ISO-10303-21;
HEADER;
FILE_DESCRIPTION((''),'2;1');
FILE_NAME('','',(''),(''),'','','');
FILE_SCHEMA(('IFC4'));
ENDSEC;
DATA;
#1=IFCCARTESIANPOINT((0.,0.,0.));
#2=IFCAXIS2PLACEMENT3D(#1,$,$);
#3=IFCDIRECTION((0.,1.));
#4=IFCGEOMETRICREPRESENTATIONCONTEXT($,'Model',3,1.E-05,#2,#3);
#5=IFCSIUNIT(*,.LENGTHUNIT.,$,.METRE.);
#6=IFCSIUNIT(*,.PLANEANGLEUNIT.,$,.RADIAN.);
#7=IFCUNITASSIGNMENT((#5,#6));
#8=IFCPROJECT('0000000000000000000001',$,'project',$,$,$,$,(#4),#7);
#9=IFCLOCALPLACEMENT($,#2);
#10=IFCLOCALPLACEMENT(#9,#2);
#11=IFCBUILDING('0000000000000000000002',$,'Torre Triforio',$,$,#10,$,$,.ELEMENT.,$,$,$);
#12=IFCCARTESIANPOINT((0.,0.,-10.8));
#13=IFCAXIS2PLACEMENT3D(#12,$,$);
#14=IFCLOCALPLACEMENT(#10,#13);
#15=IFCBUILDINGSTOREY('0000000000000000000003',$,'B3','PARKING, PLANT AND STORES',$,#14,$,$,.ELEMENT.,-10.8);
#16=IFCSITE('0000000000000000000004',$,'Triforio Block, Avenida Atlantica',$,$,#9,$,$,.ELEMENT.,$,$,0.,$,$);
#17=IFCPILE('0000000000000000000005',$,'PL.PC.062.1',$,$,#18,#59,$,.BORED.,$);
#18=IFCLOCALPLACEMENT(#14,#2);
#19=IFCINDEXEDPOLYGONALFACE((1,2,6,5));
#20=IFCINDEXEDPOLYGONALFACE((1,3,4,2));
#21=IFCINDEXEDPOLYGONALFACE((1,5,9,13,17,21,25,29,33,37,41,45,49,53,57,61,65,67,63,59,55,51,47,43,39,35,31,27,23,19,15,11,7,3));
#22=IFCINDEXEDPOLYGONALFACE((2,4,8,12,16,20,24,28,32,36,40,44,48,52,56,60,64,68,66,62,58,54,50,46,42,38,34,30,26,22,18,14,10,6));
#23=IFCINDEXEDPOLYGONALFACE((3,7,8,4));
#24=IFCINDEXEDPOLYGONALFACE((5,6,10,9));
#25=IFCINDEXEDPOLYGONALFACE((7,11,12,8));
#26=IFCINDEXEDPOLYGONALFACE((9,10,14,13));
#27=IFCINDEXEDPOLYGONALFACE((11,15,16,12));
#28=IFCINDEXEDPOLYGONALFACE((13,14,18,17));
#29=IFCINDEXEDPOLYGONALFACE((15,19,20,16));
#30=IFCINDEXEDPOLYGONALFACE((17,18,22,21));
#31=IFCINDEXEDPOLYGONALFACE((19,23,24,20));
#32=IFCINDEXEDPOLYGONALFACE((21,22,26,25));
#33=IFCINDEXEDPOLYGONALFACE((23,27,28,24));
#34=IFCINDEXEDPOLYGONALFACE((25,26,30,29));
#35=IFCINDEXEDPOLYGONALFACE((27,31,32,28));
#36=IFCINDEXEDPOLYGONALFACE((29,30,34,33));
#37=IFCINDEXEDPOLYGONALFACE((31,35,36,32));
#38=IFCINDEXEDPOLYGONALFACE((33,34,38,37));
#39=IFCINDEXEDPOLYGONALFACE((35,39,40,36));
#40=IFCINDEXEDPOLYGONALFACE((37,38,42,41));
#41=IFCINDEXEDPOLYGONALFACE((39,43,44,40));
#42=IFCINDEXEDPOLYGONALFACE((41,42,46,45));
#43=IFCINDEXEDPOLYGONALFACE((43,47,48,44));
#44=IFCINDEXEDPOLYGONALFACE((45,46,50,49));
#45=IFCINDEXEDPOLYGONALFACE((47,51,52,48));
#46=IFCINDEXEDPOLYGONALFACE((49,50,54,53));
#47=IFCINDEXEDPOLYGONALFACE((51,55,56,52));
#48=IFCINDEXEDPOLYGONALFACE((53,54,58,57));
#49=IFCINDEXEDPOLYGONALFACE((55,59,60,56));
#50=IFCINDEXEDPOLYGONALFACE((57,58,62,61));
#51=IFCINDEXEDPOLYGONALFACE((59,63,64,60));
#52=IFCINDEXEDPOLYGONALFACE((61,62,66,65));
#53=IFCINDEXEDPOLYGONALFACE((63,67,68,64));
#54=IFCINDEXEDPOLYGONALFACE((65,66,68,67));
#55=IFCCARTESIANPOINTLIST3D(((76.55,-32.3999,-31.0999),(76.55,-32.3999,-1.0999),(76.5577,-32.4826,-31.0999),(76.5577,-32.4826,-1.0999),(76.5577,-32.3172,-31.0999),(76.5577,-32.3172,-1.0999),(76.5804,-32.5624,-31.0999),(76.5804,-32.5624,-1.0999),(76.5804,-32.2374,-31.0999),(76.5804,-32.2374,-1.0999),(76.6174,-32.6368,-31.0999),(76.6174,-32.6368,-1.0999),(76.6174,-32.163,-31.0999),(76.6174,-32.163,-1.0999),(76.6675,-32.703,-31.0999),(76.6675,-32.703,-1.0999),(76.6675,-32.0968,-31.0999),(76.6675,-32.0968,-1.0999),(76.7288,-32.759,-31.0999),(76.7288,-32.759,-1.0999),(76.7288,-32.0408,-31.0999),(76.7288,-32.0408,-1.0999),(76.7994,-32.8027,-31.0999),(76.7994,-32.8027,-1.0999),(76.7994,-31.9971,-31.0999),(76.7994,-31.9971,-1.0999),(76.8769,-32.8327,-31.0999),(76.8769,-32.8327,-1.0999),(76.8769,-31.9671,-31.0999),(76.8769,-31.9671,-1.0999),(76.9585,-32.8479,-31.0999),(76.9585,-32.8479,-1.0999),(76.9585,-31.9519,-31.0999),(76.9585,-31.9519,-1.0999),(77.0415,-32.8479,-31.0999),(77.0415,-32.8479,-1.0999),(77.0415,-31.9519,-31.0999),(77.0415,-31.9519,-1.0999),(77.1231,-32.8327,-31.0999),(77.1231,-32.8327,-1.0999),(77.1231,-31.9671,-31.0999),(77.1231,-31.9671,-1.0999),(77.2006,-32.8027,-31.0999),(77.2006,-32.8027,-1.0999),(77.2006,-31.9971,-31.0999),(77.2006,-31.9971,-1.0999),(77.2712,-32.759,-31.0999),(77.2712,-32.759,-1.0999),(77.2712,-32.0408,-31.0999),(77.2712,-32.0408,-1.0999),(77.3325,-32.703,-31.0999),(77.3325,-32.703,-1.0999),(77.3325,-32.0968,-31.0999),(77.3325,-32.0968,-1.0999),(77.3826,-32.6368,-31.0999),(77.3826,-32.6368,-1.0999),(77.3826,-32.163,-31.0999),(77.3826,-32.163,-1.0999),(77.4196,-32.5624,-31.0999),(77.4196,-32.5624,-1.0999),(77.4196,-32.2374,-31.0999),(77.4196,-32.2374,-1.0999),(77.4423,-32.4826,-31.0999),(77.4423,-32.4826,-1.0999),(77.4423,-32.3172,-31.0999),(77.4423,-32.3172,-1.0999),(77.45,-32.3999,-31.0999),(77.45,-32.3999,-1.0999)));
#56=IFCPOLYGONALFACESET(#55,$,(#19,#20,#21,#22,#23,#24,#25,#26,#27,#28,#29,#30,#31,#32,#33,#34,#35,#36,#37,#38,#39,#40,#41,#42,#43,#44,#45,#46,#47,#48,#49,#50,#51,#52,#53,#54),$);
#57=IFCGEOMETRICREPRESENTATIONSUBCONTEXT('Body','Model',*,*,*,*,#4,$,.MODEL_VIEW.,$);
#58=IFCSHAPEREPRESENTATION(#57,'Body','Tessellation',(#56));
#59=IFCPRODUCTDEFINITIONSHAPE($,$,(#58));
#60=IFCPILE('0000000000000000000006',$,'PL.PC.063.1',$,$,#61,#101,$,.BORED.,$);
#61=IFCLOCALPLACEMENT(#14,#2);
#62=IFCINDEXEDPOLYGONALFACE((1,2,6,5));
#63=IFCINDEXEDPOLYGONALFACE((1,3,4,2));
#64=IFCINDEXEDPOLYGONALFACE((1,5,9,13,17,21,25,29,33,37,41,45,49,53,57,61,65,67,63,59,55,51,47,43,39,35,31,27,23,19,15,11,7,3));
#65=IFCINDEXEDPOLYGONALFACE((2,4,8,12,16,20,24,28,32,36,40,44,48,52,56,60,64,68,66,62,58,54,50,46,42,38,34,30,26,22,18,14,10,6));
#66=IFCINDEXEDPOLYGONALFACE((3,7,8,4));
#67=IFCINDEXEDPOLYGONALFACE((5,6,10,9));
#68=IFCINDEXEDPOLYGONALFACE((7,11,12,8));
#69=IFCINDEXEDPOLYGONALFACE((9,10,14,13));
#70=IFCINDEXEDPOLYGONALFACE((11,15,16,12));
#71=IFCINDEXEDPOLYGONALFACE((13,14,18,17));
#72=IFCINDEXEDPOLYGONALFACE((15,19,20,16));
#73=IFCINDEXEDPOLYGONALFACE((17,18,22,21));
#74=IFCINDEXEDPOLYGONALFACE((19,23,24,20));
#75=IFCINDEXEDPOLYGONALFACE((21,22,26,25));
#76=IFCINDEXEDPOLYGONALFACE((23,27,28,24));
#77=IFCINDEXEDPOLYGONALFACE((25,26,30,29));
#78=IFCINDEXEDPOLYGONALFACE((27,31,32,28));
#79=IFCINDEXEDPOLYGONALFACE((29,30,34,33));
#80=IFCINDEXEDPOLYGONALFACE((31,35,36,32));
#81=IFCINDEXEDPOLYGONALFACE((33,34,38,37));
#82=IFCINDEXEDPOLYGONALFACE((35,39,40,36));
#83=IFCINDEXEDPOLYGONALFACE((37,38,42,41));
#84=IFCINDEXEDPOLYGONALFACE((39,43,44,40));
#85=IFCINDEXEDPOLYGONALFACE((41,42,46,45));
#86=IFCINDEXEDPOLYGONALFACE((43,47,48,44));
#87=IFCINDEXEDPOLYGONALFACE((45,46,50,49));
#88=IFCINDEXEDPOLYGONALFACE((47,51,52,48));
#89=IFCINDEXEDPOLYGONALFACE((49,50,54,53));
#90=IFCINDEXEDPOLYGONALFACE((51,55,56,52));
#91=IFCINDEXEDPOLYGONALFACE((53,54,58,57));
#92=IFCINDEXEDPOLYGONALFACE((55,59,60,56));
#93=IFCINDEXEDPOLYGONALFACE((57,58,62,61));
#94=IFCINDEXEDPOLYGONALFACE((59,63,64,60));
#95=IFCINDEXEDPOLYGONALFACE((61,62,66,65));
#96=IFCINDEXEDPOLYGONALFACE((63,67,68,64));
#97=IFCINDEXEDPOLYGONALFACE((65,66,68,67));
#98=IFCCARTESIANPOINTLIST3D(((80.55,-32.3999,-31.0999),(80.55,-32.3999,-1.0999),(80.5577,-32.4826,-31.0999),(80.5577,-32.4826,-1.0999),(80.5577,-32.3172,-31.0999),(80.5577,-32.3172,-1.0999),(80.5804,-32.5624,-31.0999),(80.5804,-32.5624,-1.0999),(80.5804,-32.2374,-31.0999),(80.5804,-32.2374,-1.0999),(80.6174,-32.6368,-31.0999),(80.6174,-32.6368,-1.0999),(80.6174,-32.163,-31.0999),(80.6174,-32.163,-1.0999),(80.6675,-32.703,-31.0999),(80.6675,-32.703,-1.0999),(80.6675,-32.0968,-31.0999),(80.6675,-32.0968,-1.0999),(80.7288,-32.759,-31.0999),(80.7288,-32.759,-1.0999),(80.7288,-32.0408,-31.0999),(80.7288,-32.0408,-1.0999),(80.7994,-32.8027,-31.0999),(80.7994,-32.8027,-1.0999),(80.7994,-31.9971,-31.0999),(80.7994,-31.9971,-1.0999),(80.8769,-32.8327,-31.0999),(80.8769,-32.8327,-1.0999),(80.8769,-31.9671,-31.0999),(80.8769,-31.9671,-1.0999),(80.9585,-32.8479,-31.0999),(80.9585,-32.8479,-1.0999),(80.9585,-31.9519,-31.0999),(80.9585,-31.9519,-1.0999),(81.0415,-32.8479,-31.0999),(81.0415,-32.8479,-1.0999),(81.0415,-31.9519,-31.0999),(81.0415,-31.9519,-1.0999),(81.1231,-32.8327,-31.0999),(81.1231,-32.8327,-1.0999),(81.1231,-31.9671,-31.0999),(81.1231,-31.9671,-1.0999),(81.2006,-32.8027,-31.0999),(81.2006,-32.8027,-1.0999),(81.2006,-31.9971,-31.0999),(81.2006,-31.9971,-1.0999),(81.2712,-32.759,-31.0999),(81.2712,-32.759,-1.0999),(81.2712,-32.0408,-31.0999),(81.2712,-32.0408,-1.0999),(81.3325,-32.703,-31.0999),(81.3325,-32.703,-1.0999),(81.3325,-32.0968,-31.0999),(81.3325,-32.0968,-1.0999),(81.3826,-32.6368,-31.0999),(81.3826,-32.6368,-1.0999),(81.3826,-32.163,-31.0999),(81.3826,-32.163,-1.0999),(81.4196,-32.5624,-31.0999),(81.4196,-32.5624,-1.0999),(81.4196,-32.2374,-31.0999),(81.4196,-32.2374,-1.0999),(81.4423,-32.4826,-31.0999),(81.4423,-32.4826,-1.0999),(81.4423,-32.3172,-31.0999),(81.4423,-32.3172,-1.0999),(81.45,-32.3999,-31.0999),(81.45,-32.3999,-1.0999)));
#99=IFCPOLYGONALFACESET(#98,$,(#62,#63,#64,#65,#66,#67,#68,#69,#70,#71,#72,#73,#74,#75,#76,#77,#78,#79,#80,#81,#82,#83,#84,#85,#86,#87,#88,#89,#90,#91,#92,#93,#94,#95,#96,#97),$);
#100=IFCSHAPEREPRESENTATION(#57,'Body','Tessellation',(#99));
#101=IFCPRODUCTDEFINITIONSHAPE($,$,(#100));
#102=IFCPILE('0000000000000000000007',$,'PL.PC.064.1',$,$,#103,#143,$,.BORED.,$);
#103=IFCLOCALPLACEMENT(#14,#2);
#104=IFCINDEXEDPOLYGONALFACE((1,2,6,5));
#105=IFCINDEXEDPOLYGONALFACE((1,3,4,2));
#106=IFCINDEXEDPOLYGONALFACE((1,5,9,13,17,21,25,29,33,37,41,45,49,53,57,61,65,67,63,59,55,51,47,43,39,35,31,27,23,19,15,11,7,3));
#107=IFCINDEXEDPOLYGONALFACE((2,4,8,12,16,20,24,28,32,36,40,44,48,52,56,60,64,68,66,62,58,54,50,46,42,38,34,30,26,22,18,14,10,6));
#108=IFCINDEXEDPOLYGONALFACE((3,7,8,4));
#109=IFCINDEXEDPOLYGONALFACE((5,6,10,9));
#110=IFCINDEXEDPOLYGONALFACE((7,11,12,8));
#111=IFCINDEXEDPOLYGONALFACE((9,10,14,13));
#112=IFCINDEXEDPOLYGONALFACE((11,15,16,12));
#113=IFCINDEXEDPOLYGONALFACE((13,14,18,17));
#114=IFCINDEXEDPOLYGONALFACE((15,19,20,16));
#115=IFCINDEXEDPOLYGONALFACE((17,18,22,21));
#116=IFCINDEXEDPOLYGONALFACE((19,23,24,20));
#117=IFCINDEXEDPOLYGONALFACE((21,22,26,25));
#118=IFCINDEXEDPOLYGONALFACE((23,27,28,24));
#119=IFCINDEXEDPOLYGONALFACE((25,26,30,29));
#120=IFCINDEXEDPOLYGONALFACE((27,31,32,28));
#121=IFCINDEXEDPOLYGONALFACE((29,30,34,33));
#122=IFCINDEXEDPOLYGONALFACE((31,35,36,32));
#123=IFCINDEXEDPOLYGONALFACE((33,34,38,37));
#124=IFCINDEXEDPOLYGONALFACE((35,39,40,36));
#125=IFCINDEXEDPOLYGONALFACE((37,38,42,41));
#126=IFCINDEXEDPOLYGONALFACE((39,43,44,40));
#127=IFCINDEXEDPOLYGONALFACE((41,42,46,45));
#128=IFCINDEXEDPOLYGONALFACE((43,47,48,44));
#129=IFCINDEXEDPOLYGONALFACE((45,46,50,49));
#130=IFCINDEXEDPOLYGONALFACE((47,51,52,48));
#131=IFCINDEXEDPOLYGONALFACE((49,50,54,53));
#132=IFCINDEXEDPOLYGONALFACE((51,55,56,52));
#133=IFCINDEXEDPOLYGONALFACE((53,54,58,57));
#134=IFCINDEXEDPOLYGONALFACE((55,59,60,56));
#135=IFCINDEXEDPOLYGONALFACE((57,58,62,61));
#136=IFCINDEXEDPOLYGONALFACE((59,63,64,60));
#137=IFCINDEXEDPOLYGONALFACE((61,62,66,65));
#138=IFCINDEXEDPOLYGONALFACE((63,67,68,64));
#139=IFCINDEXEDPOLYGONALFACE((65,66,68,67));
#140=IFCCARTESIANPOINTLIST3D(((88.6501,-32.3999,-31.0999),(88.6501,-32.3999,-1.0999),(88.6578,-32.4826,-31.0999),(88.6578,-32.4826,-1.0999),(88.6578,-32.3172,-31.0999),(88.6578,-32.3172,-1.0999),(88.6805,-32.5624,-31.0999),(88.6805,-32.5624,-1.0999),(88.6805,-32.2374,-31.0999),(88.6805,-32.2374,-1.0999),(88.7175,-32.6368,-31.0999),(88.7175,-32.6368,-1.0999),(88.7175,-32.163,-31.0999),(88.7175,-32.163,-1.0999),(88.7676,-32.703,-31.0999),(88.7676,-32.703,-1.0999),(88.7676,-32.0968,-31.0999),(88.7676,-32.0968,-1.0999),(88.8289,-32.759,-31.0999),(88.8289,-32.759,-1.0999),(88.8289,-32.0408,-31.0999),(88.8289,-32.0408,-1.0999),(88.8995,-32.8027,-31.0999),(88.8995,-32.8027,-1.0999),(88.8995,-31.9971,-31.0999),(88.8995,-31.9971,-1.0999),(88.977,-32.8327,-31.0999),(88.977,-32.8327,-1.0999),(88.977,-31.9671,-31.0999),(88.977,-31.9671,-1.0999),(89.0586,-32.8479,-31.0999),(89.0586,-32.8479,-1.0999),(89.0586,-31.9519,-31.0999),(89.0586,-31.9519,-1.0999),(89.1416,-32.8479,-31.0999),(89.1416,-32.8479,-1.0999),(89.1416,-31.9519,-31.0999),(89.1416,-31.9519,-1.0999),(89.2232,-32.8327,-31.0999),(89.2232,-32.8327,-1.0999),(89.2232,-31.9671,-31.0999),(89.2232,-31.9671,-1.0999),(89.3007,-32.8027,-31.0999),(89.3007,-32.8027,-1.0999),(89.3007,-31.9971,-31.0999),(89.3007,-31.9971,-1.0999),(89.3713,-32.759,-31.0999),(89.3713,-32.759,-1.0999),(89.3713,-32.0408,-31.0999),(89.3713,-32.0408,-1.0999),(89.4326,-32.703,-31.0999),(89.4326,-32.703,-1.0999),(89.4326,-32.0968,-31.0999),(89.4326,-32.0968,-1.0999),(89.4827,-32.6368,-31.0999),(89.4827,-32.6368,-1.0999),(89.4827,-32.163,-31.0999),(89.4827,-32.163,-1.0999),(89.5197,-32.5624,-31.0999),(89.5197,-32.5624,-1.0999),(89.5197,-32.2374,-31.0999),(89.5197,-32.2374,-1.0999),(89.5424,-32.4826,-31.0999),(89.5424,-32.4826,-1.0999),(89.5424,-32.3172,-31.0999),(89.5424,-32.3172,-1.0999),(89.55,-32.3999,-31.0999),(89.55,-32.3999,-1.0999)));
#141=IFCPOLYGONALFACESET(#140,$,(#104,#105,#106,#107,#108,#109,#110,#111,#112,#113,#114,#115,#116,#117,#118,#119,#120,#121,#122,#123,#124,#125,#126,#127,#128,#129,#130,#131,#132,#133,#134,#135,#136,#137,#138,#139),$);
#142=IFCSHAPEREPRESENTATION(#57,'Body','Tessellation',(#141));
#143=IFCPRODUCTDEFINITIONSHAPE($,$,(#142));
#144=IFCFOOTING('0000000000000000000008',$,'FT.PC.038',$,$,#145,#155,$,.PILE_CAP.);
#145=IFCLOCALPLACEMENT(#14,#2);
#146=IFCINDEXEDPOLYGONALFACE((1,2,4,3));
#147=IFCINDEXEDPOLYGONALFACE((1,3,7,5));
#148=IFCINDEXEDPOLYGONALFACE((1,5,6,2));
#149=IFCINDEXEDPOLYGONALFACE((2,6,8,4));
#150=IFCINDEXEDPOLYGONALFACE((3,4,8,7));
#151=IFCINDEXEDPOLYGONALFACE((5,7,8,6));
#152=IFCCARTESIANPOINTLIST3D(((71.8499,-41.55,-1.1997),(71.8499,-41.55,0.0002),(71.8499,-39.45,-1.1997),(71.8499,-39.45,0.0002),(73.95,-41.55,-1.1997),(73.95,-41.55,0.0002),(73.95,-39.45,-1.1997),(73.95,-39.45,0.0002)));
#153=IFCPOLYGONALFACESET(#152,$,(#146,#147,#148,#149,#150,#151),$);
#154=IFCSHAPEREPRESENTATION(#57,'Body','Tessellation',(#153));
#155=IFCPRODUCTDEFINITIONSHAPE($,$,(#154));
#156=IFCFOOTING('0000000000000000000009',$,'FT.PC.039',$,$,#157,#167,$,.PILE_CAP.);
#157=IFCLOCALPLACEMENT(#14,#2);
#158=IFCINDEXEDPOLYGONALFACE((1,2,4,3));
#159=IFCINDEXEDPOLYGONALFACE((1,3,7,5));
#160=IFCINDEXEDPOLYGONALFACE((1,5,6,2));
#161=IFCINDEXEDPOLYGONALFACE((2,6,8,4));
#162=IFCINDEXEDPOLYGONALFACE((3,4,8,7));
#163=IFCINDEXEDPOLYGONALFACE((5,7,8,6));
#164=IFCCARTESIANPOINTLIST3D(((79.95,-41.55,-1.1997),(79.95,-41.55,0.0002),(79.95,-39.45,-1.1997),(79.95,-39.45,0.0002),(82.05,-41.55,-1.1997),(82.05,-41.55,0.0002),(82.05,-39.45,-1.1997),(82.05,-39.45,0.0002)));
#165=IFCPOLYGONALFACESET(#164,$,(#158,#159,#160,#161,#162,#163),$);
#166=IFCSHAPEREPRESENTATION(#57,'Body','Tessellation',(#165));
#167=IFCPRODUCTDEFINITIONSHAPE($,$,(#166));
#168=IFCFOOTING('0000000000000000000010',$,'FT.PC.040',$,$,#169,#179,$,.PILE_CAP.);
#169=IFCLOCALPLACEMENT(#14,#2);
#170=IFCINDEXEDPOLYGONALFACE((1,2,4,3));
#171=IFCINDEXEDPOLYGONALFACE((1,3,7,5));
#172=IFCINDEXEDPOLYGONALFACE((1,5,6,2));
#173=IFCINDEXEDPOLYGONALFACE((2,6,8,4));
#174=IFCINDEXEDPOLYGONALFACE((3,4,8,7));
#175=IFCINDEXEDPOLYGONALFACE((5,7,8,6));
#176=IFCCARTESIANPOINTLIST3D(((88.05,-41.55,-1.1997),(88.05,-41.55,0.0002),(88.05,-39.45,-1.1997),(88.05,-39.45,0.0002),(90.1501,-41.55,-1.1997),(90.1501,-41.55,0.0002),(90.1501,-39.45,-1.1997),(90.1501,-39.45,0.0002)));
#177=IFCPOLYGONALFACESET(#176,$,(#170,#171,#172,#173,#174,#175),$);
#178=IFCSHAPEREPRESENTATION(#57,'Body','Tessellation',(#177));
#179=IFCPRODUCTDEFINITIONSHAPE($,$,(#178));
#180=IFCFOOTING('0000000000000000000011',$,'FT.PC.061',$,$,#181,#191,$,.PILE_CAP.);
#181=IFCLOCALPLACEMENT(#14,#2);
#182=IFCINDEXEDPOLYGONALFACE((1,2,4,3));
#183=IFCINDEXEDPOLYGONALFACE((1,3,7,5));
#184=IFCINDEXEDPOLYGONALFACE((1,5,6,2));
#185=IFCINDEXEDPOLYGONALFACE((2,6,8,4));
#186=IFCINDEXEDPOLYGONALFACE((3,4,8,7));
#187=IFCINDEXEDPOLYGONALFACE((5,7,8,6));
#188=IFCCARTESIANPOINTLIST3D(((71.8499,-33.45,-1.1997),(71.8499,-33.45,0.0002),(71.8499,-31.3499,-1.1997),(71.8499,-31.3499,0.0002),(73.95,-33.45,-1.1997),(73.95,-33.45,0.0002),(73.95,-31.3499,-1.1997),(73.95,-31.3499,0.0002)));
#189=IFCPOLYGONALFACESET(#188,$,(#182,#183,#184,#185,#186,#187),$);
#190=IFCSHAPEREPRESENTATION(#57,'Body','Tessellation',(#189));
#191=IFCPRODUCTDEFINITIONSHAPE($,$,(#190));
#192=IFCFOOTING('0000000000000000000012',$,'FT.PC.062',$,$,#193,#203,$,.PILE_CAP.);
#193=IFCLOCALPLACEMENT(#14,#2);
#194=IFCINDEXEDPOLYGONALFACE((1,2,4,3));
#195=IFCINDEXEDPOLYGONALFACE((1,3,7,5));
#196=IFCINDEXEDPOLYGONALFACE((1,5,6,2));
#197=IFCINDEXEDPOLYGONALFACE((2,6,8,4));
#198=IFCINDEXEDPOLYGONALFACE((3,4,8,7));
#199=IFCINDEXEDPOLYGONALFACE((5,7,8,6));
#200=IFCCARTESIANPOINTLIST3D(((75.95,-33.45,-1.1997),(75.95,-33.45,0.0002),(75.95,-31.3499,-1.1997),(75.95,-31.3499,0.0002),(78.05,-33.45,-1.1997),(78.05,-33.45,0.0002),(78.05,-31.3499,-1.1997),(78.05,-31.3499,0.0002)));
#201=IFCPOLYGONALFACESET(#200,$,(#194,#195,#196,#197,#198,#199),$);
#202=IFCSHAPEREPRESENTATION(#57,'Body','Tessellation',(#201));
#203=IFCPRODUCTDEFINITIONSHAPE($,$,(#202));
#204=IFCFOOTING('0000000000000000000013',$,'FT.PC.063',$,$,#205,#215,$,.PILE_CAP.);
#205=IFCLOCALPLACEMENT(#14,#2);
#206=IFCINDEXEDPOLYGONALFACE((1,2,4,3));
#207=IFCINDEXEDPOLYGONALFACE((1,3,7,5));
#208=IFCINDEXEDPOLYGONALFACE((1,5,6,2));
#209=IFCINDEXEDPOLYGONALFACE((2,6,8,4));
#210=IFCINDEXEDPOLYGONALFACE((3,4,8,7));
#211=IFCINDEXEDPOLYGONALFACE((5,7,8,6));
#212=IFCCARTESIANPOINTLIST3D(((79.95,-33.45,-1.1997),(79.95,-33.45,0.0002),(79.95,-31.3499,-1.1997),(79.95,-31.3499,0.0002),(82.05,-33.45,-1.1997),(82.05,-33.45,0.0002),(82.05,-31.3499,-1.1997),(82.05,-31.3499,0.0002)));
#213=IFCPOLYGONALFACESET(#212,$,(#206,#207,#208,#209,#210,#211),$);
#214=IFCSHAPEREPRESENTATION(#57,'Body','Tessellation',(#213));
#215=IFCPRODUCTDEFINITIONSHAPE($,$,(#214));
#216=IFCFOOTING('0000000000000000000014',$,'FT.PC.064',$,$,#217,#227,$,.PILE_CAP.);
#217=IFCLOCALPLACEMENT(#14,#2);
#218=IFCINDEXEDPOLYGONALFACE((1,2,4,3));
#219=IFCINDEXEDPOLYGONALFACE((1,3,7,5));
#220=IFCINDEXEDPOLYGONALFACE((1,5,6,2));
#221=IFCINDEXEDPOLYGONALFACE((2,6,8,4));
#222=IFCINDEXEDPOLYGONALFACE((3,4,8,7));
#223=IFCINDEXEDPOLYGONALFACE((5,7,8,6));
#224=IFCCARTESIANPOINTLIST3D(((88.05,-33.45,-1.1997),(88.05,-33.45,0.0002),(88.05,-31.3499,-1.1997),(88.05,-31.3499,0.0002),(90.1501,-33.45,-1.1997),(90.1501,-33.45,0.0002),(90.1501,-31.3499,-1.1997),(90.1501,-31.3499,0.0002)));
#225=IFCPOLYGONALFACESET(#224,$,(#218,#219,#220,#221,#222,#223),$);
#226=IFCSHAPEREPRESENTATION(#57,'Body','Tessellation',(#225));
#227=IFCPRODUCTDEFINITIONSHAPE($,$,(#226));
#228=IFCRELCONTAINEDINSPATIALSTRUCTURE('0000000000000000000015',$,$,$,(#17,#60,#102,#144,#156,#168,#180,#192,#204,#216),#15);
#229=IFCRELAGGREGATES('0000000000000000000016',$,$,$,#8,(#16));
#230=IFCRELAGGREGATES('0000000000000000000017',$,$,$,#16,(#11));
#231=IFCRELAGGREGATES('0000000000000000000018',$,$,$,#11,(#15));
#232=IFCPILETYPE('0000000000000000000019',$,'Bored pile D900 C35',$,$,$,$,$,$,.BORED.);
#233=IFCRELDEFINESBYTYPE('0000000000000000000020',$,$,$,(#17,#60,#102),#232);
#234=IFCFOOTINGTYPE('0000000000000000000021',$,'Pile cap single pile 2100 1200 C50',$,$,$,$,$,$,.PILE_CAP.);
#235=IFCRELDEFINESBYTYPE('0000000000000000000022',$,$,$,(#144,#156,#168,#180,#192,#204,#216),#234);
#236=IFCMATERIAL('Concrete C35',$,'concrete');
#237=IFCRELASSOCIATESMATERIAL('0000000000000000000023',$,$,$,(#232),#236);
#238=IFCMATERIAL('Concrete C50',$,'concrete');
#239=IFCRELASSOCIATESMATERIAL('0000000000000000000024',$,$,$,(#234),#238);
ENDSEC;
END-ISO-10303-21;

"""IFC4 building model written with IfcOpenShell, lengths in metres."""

from ifc_helpers import new_model, si_unit, direction, frame, origin, origin_2d, place, context, subcontext, project, spatial, rectangle, circle, extrude, material, material_profile, profile_set, type_object, element, save


model = new_model("IFC4")

# Units and contexts
model_context = context("Model", 3, precision=1e-05, world=origin(), true_north=direction((0.0, 1.0)))
body_context = subcontext(model_context, "Body", "Model", "MODEL_VIEW")
ifc_project = project(units=[si_unit("LENGTHUNIT", "METRE"), si_unit("PLANEANGLEUNIT", "RADIAN")], contexts=[model_context])

# Site, building, storey
site_placement = place(None, origin())
site = spatial("IfcSite", under=ifc_project, at=site_placement, Name="Triforio Block, Avenida Atlantica", CompositionType="ELEMENT", RefElevation=0.0)
building_placement = place(site_placement, origin())
building = spatial("IfcBuilding", under=site, at=building_placement, Name="Torre Triforio", CompositionType="ELEMENT")
storey_placement = place(building_placement, frame((0.0, 0.0, -10.8)))
storey = spatial("IfcBuildingStorey", under=building, at=storey_placement, Name="B3", Description="PARKING, PLANT AND STORES", CompositionType="ELEMENT", Elevation=-10.8)

# Piles
ifc_material_1 = material(Name="Concrete C35", Category="concrete")
ifc_material_profile_1 = material_profile(ifc_material_1, circle(Radius=0.45, at=origin_2d()), Name="RC D900")
ifc_profile_set_1 = profile_set([ifc_material_profile_1], Name="Concrete C35")
pile_type = type_object("IfcPileType", Name="Bored pile D900 C35", PredefinedType="BORED", material=ifc_profile_set_1)
for number, where, z_axis, x_axis, name in (
    (1, (77.0, -32.3999, -1.0999), (0.0, 0.0, -1.0), (1.0, 0.0, 0.0), "PL.PC.062.1"),
    (2, (81.0, -32.3999, -1.0999), (0.0, 0.0, -1.0), (1.0, 0.0, 0.0), "PL.PC.063.1"),
    (3, (89.1001, -32.3999, -1.0999), (0.0, 0.0, -1.0), (1.0, 0.0, 0.0), "PL.PC.064.1"),
):
    element("IfcPile", number, at=place(storey_placement, frame(where, z_axis=z_axis, x_axis=x_axis)), inside=storey, type_object=pile_type, Name=name, PredefinedType="BORED", context=body_context, shape_type="SweptSolid", body=[
        extrude(circle(Radius=0.45, at=origin_2d()), origin(), (0.0, 0.0, 1.0), 30.0),
    ])

# Footings
ifc_material_2 = material(Name="Concrete C50", Category="concrete")
footing_type = type_object("IfcFootingType", Name="Pile cap single pile 2100 1200 C50", PredefinedType="PILE_CAP", material=ifc_material_2)
for number, where, z_axis, x_axis, name in (
    (4, (72.8999, -40.5, -1.1997), (0.0, 0.0, 1.0), (1.0, 0.0, 0.0), "FT.PC.038"),
    (5, (81.0, -40.5, -1.1997), (0.0, 0.0, 1.0), (1.0, 0.0, 0.0), "FT.PC.039"),
    (6, (89.1001, -40.5, -1.1997), (0.0, 0.0, 1.0), (1.0, 0.0, 0.0), "FT.PC.040"),
    (7, (72.8999, -32.3999, -1.1997), (0.0, 0.0, 1.0), (1.0, 0.0, 0.0), "FT.PC.061"),
    (8, (77.0, -32.3999, -1.1997), (0.0, 0.0, 1.0), (1.0, 0.0, 0.0), "FT.PC.062"),
    (9, (81.0, -32.3999, -1.1997), (0.0, 0.0, 1.0), (1.0, 0.0, 0.0), "FT.PC.063"),
    (10, (89.1001, -32.3999, -1.1997), (0.0, 0.0, 1.0), (1.0, 0.0, 0.0), "FT.PC.064"),
):
    element("IfcFooting", number, at=place(storey_placement, frame(where, z_axis=z_axis, x_axis=x_axis)), inside=storey, type_object=footing_type, Name=name, PredefinedType="PILE_CAP", context=body_context, shape_type="SweptSolid", body=[
        extrude(rectangle(XDim=2.1001, YDim=2.1001, at=origin_2d()), origin(), (0.0, 0.0, 1.0), 1.2),
    ])

save(model, "model.ifc")
